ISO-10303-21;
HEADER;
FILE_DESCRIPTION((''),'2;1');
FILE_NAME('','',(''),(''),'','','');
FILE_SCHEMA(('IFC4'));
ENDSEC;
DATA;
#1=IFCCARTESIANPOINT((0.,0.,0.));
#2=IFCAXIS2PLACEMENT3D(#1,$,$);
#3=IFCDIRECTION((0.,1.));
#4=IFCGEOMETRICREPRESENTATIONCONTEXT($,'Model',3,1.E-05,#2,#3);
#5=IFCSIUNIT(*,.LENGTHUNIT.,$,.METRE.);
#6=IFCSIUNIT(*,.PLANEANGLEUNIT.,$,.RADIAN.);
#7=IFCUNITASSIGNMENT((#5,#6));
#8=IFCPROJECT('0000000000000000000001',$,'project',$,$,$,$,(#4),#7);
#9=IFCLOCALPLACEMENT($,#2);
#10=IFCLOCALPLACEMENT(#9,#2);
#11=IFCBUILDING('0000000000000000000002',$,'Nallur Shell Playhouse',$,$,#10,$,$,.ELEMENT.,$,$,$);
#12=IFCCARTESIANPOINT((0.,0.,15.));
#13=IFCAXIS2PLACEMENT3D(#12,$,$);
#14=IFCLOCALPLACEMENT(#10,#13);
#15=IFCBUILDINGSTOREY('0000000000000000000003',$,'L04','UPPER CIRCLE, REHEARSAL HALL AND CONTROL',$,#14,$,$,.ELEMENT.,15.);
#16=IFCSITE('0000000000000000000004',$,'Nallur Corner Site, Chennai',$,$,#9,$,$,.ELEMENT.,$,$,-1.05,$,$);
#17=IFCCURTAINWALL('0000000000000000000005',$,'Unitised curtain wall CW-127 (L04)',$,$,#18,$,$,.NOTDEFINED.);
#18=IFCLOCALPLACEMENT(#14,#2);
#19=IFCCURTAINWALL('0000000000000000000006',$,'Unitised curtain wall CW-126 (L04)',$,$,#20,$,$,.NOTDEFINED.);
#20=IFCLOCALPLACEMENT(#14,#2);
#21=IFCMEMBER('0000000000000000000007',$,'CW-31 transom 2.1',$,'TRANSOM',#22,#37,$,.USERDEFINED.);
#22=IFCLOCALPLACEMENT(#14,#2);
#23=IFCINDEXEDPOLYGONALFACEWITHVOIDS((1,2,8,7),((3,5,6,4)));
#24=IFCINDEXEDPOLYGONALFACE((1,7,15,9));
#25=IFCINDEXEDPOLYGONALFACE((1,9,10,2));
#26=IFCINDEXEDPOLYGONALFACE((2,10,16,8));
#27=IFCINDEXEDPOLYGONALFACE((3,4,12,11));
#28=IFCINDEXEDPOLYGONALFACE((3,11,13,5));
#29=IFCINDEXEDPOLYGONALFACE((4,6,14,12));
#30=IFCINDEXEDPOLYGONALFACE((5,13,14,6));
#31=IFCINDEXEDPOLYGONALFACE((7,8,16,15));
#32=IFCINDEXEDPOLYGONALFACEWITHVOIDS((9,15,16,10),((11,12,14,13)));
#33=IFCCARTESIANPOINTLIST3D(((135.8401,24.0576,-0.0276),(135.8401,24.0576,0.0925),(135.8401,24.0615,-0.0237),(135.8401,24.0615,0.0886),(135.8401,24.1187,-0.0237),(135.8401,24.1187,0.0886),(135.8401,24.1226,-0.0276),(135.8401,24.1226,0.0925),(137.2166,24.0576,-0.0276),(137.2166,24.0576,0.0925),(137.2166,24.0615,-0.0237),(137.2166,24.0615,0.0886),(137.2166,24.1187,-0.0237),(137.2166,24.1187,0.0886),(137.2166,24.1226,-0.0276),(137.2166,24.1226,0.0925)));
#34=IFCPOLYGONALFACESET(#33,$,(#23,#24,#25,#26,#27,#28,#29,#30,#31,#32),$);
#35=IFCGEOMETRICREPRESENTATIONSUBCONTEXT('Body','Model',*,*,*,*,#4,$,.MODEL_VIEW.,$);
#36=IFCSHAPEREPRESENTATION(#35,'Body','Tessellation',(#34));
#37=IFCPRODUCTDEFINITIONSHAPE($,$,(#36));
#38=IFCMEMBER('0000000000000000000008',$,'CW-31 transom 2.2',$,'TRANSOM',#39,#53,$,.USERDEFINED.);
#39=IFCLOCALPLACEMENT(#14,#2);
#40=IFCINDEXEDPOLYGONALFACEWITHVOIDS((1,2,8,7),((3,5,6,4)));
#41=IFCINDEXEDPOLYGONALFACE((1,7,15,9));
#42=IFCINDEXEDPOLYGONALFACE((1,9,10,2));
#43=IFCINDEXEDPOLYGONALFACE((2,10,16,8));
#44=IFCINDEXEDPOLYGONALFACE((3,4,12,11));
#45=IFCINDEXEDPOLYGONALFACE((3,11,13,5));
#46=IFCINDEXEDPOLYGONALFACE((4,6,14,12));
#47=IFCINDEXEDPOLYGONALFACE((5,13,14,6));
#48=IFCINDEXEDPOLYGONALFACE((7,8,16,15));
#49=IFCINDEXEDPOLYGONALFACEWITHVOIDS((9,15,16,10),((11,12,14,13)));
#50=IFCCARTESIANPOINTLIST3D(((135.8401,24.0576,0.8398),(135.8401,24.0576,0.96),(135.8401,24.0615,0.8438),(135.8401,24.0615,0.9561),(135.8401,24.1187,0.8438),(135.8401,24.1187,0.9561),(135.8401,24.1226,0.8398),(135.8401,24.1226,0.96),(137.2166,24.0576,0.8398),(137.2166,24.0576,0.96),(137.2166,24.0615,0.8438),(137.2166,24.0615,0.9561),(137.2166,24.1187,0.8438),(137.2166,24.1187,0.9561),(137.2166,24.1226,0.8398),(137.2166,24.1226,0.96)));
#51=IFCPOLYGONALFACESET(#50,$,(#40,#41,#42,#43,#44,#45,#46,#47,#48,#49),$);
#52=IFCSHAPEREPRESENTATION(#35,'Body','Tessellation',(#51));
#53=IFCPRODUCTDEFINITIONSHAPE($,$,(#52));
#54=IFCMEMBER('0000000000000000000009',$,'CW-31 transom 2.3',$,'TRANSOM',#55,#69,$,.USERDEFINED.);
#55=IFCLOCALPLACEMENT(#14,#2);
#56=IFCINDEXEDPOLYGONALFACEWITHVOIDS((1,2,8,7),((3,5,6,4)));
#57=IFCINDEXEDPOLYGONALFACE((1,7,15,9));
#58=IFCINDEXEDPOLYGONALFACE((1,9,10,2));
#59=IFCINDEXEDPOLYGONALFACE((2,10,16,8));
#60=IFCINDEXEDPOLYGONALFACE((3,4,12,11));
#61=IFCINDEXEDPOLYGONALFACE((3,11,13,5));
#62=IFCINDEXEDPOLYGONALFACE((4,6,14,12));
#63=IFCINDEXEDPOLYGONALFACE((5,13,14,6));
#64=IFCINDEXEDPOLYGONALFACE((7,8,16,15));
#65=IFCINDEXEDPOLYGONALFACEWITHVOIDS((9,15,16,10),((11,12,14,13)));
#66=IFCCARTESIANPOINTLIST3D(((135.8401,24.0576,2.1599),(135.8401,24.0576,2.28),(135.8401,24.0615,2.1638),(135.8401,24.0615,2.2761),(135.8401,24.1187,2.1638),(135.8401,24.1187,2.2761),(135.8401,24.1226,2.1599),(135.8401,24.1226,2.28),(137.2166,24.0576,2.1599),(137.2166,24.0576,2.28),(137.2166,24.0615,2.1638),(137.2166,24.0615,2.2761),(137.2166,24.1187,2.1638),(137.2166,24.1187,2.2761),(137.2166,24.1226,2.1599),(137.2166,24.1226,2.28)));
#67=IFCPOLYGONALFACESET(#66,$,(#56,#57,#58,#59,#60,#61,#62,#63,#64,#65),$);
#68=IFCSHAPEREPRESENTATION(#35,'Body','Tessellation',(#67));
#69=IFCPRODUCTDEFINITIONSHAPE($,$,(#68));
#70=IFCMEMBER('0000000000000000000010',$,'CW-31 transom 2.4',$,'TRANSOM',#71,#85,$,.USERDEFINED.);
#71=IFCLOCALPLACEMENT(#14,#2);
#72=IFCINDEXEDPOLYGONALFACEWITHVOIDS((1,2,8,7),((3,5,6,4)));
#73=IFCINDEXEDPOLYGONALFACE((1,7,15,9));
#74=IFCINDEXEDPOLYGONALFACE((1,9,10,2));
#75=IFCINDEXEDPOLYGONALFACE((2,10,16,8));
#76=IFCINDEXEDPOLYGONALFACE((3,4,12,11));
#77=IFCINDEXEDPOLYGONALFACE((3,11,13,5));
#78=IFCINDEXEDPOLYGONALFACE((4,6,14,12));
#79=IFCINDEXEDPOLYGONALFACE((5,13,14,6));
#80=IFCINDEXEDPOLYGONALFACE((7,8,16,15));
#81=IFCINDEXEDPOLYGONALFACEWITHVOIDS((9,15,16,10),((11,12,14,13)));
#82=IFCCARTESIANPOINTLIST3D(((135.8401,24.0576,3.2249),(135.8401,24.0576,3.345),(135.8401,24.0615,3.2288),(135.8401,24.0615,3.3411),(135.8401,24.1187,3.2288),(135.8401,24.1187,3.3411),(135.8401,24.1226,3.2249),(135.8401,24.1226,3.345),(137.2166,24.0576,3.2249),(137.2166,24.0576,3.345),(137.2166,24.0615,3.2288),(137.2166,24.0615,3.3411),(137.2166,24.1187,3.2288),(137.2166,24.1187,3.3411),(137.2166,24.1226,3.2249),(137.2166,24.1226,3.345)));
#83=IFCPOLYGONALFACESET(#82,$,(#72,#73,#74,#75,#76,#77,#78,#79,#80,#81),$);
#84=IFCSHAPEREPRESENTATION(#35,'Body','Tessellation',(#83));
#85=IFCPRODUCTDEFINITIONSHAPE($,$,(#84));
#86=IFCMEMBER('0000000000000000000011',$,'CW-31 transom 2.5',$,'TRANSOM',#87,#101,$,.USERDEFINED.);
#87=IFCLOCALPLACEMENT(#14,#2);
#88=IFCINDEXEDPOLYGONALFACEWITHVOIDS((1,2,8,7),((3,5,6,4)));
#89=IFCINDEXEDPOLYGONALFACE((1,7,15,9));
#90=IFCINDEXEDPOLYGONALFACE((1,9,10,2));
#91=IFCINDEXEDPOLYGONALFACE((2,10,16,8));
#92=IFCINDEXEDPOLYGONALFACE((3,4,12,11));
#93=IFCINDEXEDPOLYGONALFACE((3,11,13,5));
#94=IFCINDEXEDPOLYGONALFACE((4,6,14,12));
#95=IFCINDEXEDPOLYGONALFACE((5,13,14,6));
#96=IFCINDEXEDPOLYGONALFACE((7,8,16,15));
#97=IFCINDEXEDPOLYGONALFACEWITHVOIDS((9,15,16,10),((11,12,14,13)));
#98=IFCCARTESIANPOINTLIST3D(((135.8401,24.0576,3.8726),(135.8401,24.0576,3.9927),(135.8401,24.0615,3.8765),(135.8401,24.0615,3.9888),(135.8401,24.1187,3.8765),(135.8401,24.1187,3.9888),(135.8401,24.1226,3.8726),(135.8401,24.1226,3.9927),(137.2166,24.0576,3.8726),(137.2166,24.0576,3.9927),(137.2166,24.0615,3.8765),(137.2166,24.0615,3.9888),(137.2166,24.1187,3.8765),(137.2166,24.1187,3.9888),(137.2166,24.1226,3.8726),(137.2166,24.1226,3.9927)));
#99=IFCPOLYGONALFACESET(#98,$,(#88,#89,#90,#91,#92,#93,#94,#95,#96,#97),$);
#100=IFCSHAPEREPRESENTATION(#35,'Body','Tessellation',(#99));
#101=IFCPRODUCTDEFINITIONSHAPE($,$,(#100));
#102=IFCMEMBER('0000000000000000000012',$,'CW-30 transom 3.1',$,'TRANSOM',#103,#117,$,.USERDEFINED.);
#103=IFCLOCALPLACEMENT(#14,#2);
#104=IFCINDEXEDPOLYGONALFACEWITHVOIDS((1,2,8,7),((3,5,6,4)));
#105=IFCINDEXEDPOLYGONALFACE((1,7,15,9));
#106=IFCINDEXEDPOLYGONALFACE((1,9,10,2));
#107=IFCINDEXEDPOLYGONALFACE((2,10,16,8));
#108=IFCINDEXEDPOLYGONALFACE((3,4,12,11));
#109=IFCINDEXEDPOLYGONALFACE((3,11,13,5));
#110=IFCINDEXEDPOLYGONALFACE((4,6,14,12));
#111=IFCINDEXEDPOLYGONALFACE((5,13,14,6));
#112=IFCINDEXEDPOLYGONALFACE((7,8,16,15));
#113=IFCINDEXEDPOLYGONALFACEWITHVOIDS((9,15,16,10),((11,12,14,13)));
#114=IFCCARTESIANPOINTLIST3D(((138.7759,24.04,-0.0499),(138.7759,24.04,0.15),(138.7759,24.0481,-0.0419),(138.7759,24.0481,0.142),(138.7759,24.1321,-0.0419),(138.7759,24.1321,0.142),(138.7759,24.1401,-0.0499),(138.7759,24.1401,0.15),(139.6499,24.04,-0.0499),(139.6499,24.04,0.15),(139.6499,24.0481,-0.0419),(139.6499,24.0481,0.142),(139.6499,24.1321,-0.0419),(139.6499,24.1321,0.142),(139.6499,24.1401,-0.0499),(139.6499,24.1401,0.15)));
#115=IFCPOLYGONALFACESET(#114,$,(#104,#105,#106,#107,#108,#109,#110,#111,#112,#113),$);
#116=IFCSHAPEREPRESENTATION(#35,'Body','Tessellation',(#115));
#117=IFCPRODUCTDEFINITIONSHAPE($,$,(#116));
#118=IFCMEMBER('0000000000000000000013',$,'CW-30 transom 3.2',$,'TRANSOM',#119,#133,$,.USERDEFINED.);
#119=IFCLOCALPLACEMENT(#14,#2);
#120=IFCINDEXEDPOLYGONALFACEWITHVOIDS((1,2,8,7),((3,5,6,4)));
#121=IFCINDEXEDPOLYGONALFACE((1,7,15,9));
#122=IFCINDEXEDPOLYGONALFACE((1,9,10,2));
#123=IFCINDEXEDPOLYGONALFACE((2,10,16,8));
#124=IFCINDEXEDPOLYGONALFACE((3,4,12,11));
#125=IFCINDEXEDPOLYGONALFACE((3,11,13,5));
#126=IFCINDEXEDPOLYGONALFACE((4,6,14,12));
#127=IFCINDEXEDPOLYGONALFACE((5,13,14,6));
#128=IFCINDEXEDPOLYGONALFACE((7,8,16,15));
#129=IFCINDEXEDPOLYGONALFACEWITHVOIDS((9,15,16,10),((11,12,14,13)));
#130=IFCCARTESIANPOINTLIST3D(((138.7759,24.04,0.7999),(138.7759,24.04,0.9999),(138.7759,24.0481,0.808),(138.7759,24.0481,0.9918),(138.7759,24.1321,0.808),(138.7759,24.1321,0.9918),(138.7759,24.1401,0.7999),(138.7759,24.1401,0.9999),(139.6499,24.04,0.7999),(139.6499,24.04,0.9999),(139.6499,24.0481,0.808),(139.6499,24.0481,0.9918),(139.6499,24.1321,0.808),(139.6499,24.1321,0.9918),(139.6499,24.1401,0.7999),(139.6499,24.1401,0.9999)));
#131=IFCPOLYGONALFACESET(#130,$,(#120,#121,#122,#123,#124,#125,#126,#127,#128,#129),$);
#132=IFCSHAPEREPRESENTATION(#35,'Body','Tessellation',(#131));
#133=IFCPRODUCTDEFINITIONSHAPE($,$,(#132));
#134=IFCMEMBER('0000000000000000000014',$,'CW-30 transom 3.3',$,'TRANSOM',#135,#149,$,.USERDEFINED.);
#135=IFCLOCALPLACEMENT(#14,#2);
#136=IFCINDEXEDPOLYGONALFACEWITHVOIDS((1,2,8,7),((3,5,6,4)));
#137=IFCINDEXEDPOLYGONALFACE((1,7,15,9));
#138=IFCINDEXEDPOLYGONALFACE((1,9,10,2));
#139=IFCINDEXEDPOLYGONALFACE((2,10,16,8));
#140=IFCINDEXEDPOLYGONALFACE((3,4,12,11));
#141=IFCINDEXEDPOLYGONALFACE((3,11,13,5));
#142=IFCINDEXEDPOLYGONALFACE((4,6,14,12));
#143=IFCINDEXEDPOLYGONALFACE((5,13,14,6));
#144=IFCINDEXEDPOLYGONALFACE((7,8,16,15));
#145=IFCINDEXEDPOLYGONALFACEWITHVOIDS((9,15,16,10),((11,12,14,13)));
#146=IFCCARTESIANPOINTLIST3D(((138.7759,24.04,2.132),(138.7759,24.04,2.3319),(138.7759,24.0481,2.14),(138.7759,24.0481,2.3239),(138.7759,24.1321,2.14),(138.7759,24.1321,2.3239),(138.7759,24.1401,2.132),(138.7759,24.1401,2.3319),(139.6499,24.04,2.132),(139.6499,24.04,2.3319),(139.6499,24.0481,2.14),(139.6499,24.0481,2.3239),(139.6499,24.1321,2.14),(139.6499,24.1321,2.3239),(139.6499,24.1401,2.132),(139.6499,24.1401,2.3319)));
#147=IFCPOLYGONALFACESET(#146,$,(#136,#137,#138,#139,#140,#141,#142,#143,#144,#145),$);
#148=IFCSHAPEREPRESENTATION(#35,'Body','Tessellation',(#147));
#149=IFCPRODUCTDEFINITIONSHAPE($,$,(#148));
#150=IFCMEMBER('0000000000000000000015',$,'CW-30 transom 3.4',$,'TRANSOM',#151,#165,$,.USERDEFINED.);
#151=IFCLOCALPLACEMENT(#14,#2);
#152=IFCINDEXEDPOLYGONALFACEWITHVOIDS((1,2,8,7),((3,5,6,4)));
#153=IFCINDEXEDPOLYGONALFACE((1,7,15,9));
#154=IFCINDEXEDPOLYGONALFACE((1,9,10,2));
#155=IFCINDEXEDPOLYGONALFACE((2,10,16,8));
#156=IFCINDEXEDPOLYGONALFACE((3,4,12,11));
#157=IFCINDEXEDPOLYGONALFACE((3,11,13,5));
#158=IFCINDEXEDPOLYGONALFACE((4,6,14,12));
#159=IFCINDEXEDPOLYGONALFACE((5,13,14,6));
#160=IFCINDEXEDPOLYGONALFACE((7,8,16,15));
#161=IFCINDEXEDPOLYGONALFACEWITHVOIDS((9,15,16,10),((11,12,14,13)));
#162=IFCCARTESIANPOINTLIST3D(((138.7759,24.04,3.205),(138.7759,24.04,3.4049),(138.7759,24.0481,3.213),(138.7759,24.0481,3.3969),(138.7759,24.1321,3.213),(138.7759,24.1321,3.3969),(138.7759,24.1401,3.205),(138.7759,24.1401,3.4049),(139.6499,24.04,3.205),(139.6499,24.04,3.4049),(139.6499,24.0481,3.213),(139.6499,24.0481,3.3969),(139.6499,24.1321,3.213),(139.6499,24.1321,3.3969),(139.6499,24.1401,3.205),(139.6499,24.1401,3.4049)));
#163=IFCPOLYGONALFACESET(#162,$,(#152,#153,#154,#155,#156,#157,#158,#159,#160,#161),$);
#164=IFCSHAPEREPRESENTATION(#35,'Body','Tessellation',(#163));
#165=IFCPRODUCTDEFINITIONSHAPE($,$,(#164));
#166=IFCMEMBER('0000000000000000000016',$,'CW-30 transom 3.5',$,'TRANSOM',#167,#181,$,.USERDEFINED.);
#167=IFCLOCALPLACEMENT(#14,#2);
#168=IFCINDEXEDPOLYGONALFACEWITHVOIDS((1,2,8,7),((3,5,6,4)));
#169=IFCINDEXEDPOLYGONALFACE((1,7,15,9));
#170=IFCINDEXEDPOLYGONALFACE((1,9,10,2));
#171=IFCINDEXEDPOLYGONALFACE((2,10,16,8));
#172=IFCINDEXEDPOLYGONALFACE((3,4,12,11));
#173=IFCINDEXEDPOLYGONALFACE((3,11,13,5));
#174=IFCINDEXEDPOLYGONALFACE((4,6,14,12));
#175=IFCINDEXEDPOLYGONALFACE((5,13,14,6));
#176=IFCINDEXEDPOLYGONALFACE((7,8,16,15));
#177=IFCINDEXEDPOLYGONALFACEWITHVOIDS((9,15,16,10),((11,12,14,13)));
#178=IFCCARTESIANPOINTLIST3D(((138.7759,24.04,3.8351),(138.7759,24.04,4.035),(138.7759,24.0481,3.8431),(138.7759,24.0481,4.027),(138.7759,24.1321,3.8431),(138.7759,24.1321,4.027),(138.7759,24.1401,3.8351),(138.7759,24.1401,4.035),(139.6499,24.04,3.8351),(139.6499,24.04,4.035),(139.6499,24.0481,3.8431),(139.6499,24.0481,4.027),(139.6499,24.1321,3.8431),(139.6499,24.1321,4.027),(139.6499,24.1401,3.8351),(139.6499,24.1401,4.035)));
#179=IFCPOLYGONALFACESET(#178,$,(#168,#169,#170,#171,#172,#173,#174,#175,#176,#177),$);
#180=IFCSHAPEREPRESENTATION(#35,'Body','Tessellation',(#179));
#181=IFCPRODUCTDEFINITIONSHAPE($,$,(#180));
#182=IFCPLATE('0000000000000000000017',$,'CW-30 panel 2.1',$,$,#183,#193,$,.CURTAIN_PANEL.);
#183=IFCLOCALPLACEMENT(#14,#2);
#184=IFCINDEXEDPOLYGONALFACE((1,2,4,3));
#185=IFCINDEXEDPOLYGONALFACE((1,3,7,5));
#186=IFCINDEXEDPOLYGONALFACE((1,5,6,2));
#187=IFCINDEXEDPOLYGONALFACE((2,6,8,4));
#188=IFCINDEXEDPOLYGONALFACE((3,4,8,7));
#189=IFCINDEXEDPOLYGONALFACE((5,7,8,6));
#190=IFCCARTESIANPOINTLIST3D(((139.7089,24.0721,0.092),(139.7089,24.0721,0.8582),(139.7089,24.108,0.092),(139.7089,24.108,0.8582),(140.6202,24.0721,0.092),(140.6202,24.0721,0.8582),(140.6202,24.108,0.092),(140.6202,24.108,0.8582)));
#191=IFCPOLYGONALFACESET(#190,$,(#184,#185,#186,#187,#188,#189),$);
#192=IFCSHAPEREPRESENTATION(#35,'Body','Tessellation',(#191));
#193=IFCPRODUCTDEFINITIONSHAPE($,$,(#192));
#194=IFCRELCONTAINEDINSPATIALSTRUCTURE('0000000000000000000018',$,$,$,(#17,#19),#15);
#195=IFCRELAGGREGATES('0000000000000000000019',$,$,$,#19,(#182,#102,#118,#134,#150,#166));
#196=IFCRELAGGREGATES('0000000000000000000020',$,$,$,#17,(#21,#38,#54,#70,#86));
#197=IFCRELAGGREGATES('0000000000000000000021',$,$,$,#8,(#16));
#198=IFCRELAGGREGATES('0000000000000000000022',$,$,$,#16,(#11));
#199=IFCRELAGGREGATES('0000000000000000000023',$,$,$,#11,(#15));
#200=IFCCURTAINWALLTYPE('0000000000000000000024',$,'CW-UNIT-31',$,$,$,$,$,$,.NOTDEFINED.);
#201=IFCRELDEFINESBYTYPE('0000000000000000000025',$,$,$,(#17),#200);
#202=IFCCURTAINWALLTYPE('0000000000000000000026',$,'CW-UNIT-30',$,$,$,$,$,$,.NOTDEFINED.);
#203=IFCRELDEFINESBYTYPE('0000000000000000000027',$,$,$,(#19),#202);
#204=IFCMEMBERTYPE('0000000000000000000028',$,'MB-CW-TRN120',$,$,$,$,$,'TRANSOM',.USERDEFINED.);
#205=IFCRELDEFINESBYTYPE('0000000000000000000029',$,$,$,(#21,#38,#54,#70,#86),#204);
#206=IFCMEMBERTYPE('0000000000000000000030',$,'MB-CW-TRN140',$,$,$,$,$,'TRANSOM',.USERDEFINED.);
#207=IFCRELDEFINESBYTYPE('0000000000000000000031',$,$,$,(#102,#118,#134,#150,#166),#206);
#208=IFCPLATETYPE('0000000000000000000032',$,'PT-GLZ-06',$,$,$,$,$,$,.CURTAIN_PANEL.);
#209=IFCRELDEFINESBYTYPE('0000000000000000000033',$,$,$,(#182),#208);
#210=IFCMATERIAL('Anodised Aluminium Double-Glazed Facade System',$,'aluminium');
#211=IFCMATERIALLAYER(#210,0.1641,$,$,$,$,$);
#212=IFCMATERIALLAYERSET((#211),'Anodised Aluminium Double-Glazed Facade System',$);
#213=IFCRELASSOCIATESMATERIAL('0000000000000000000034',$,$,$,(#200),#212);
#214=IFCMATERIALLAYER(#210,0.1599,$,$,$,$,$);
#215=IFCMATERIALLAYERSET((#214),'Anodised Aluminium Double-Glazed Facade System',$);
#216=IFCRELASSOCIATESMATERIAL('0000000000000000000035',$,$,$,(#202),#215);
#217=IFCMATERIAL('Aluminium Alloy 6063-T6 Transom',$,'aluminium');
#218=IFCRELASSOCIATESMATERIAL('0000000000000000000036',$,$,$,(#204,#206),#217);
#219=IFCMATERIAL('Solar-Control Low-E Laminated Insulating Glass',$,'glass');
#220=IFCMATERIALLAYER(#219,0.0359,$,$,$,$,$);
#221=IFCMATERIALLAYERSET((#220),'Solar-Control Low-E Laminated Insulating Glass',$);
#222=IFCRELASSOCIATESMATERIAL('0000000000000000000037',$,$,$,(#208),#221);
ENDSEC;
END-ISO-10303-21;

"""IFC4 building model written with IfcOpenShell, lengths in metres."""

from ifc_helpers import new_model, si_unit, direction, frame, origin, origin_2d, place, context, subcontext, project, spatial, rectangle, hollow_rectangle, extrude, material, layer, layer_set, material_profile, profile_set, type_object, element, aggregate, save


model = new_model("IFC4")

# Units and contexts
model_context = context("Model", 3, precision=1e-05, world=origin(), true_north=direction((0.0, 1.0)))
body_context = subcontext(model_context, "Body", "Model", "MODEL_VIEW")
ifc_project = project(units=[si_unit("LENGTHUNIT", "METRE"), si_unit("PLANEANGLEUNIT", "RADIAN")], contexts=[model_context])

# Site, building, storey
site_placement = place(None, origin())
site = spatial("IfcSite", under=ifc_project, at=site_placement, Name="Nallur Corner Site, Chennai", CompositionType="ELEMENT", RefElevation=-1.05)
building_placement = place(site_placement, origin())
building = spatial("IfcBuilding", under=site, at=building_placement, Name="Nallur Shell Playhouse", CompositionType="ELEMENT")
storey_placement = place(building_placement, frame((0.0, 0.0, 15.0)))
storey = spatial("IfcBuildingStorey", under=building, at=storey_placement, Name="L04", Description="UPPER CIRCLE, REHEARSAL HALL AND CONTROL", CompositionType="ELEMENT", Elevation=15.0)

# Curtain walls
ifc_material_1 = material(Name="Anodised Aluminium Double-Glazed Facade System", Category="aluminium")
ifc_layer_1 = layer(ifc_material_1, 0.1641)
ifc_layer_set_1 = layer_set([ifc_layer_1], Name="Anodised Aluminium Double-Glazed Facade System")
curtain_wall_type_1 = type_object("IfcCurtainWallType", Name="CW-UNIT-31", PredefinedType="NOTDEFINED", material=ifc_layer_set_1)
curtain_wall_1_placement = place(storey_placement, origin())
curtain_wall_1 = element("IfcCurtainWall", 1, at=curtain_wall_1_placement, inside=storey, type_object=curtain_wall_type_1, Name="Unitised curtain wall CW-127 (L04)", PredefinedType="NOTDEFINED")
ifc_layer_2 = layer(ifc_material_1, 0.1599)
ifc_layer_set_2 = layer_set([ifc_layer_2], Name="Anodised Aluminium Double-Glazed Facade System")
curtain_wall_type_2 = type_object("IfcCurtainWallType", Name="CW-UNIT-30", PredefinedType="NOTDEFINED", material=ifc_layer_set_2)
curtain_wall_2_placement = place(storey_placement, origin())
curtain_wall_2 = element("IfcCurtainWall", 2, at=curtain_wall_2_placement, inside=storey, type_object=curtain_wall_type_2, Name="Unitised curtain wall CW-126 (L04)", PredefinedType="NOTDEFINED")

# Members
ifc_material_2 = material(Name="Aluminium Alloy 6063-T6 Transom", Category="aluminium")
ifc_material_profile_1 = material_profile(ifc_material_2, hollow_rectangle(XDim=0.0649, YDim=0.1201, WallThickness=0.0039, at=origin_2d()), Name="ALU 65x120x4")
ifc_profile_set_1 = profile_set([ifc_material_profile_1], Name="Aluminium Alloy 6063-T6 Transom")
member_type_1 = type_object("IfcMemberType", Name="MB-CW-TRN120", ElementType="TRANSOM", PredefinedType="USERDEFINED", material=ifc_profile_set_1)
member_1_placement = place(storey_placement, frame((137.2166, 24.0901, 0.0325), z_axis=(-1.0, 0.0, 0.0), x_axis=(0.0, -1.0, 0.0)))
member_1 = element("IfcMember", 3, at=member_1_placement, type_object=member_type_1, Name="CW-31 transom 2.1", ObjectType="TRANSOM", PredefinedType="USERDEFINED", context=body_context, shape_type="SweptSolid", body=[
    extrude(hollow_rectangle(XDim=0.0649, YDim=0.1201, WallThickness=0.0039, at=origin_2d()), origin(), (0.0, 0.0, 1.0), 1.3765),
])
member_2_placement = place(storey_placement, frame((137.2166, 24.0901, 0.8999), z_axis=(-1.0, 0.0, 0.0), x_axis=(0.0, -1.0, 0.0)))
member_2 = element("IfcMember", 4, at=member_2_placement, type_object=member_type_1, Name="CW-31 transom 2.2", ObjectType="TRANSOM", PredefinedType="USERDEFINED", context=body_context, shape_type="SweptSolid", body=[
    extrude(hollow_rectangle(XDim=0.0649, YDim=0.1201, WallThickness=0.0039, at=origin_2d()), origin(), (0.0, 0.0, 1.0), 1.3765),
])
member_3_placement = place(storey_placement, frame((137.2166, 24.0901, 2.22), z_axis=(-1.0, 0.0, 0.0), x_axis=(0.0, -1.0, 0.0)))
member_3 = element("IfcMember", 5, at=member_3_placement, type_object=member_type_1, Name="CW-31 transom 2.3", ObjectType="TRANSOM", PredefinedType="USERDEFINED", context=body_context, shape_type="SweptSolid", body=[
    extrude(hollow_rectangle(XDim=0.0649, YDim=0.1201, WallThickness=0.0039, at=origin_2d()), origin(), (0.0, 0.0, 1.0), 1.3765),
])
member_4_placement = place(storey_placement, frame((137.2166, 24.0901, 3.2849), z_axis=(-1.0, 0.0, 0.0), x_axis=(0.0, -1.0, 0.0)))
member_4 = element("IfcMember", 6, at=member_4_placement, type_object=member_type_1, Name="CW-31 transom 2.4", ObjectType="TRANSOM", PredefinedType="USERDEFINED", context=body_context, shape_type="SweptSolid", body=[
    extrude(hollow_rectangle(XDim=0.0649, YDim=0.1201, WallThickness=0.0039, at=origin_2d()), origin(), (0.0, 0.0, 1.0), 1.3765),
])
member_5_placement = place(storey_placement, frame((137.2166, 24.0901, 3.9326), z_axis=(-1.0, 0.0, 0.0), x_axis=(0.0, -1.0, 0.0)))
member_5 = element("IfcMember", 7, at=member_5_placement, type_object=member_type_1, Name="CW-31 transom 2.5", ObjectType="TRANSOM", PredefinedType="USERDEFINED", context=body_context, shape_type="SweptSolid", body=[
    extrude(hollow_rectangle(XDim=0.0649, YDim=0.1201, WallThickness=0.0039, at=origin_2d()), origin(), (0.0, 0.0, 1.0), 1.3765),
])
ifc_material_profile_2 = material_profile(ifc_material_2, hollow_rectangle(XDim=0.1001, YDim=0.2, WallThickness=0.0081, at=origin_2d()), Name="RHS 200x100x8")
ifc_profile_set_2 = profile_set([ifc_material_profile_2], Name="Aluminium Alloy 6063-T6 Transom")
member_type_2 = type_object("IfcMemberType", Name="MB-CW-TRN140", ElementType="TRANSOM", PredefinedType="USERDEFINED", material=ifc_profile_set_2)
member_6_placement = place(storey_placement, frame((139.6499, 24.0901, 0.05), z_axis=(-1.0, 0.0, 0.0), x_axis=(0.0, -1.0, 0.0)))
member_6 = element("IfcMember", 8, at=member_6_placement, type_object=member_type_2, Name="CW-30 transom 3.1", ObjectType="TRANSOM", PredefinedType="USERDEFINED", context=body_context, shape_type="SweptSolid", body=[
    extrude(hollow_rectangle(XDim=0.1001, YDim=0.2, WallThickness=0.0081, at=origin_2d()), origin(), (0.0, 0.0, 1.0), 0.874),
])
member_7_placement = place(storey_placement, frame((139.6499, 24.0901, 0.8999), z_axis=(-1.0, 0.0, 0.0), x_axis=(0.0, -1.0, 0.0)))
member_7 = element("IfcMember", 9, at=member_7_placement, type_object=member_type_2, Name="CW-30 transom 3.2", ObjectType="TRANSOM", PredefinedType="USERDEFINED", context=body_context, shape_type="SweptSolid", body=[
    extrude(hollow_rectangle(XDim=0.1001, YDim=0.2, WallThickness=0.0081, at=origin_2d()), origin(), (0.0, 0.0, 1.0), 0.874),
])
member_8_placement = place(storey_placement, frame((139.6499, 24.0901, 2.2319), z_axis=(-1.0, 0.0, 0.0), x_axis=(0.0, -1.0, 0.0)))
member_8 = element("IfcMember", 10, at=member_8_placement, type_object=member_type_2, Name="CW-30 transom 3.3", ObjectType="TRANSOM", PredefinedType="USERDEFINED", context=body_context, shape_type="SweptSolid", body=[
    extrude(hollow_rectangle(XDim=0.1001, YDim=0.2, WallThickness=0.0081, at=origin_2d()), origin(), (0.0, 0.0, 1.0), 0.874),
])
member_9_placement = place(storey_placement, frame((139.6499, 24.0901, 3.3049), z_axis=(-1.0, 0.0, 0.0), x_axis=(0.0, -1.0, 0.0)))
member_9 = element("IfcMember", 11, at=member_9_placement, type_object=member_type_2, Name="CW-30 transom 3.4", ObjectType="TRANSOM", PredefinedType="USERDEFINED", context=body_context, shape_type="SweptSolid", body=[
    extrude(hollow_rectangle(XDim=0.1001, YDim=0.2, WallThickness=0.0081, at=origin_2d()), origin(), (0.0, 0.0, 1.0), 0.874),
])
member_10_placement = place(storey_placement, frame((139.6499, 24.0901, 3.9351), z_axis=(-1.0, 0.0, 0.0), x_axis=(0.0, -1.0, 0.0)))
member_10 = element("IfcMember", 12, at=member_10_placement, type_object=member_type_2, Name="CW-30 transom 3.5", ObjectType="TRANSOM", PredefinedType="USERDEFINED", context=body_context, shape_type="SweptSolid", body=[
    extrude(hollow_rectangle(XDim=0.1001, YDim=0.2, WallThickness=0.0081, at=origin_2d()), origin(), (0.0, 0.0, 1.0), 0.874),
])

# Plate
ifc_material_3 = material(Name="Solar-Control Low-E Laminated Insulating Glass", Category="glass")
ifc_layer_3 = layer(ifc_material_3, 0.0359)
ifc_layer_set_3 = layer_set([ifc_layer_3], Name="Solar-Control Low-E Laminated Insulating Glass")
plate_type_1 = type_object("IfcPlateType", Name="PT-GLZ-06", PredefinedType="CURTAIN_PANEL", material=ifc_layer_set_3)
plate_1_placement = place(storey_placement, frame((140.1646, 24.0901, 0.092), z_axis=(0.0, 0.0, 1.0), x_axis=(-1.0, 0.0, 0.0)))
plate_1 = element("IfcPlate", 13, at=plate_1_placement, type_object=plate_type_1, Name="CW-30 panel 2.1", PredefinedType="CURTAIN_PANEL", context=body_context, shape_type="SweptSolid", body=[
    extrude(rectangle(XDim=0.9114, YDim=0.0359, at=origin_2d()), origin(), (0.0, 0.0, 1.0), 0.7661),
])
aggregate(curtain_wall_2, [plate_1, member_6, member_7, member_8, member_9, member_10])
aggregate(curtain_wall_1, [member_1, member_2, member_3, member_4, member_5])

save(model, "model.ifc")
